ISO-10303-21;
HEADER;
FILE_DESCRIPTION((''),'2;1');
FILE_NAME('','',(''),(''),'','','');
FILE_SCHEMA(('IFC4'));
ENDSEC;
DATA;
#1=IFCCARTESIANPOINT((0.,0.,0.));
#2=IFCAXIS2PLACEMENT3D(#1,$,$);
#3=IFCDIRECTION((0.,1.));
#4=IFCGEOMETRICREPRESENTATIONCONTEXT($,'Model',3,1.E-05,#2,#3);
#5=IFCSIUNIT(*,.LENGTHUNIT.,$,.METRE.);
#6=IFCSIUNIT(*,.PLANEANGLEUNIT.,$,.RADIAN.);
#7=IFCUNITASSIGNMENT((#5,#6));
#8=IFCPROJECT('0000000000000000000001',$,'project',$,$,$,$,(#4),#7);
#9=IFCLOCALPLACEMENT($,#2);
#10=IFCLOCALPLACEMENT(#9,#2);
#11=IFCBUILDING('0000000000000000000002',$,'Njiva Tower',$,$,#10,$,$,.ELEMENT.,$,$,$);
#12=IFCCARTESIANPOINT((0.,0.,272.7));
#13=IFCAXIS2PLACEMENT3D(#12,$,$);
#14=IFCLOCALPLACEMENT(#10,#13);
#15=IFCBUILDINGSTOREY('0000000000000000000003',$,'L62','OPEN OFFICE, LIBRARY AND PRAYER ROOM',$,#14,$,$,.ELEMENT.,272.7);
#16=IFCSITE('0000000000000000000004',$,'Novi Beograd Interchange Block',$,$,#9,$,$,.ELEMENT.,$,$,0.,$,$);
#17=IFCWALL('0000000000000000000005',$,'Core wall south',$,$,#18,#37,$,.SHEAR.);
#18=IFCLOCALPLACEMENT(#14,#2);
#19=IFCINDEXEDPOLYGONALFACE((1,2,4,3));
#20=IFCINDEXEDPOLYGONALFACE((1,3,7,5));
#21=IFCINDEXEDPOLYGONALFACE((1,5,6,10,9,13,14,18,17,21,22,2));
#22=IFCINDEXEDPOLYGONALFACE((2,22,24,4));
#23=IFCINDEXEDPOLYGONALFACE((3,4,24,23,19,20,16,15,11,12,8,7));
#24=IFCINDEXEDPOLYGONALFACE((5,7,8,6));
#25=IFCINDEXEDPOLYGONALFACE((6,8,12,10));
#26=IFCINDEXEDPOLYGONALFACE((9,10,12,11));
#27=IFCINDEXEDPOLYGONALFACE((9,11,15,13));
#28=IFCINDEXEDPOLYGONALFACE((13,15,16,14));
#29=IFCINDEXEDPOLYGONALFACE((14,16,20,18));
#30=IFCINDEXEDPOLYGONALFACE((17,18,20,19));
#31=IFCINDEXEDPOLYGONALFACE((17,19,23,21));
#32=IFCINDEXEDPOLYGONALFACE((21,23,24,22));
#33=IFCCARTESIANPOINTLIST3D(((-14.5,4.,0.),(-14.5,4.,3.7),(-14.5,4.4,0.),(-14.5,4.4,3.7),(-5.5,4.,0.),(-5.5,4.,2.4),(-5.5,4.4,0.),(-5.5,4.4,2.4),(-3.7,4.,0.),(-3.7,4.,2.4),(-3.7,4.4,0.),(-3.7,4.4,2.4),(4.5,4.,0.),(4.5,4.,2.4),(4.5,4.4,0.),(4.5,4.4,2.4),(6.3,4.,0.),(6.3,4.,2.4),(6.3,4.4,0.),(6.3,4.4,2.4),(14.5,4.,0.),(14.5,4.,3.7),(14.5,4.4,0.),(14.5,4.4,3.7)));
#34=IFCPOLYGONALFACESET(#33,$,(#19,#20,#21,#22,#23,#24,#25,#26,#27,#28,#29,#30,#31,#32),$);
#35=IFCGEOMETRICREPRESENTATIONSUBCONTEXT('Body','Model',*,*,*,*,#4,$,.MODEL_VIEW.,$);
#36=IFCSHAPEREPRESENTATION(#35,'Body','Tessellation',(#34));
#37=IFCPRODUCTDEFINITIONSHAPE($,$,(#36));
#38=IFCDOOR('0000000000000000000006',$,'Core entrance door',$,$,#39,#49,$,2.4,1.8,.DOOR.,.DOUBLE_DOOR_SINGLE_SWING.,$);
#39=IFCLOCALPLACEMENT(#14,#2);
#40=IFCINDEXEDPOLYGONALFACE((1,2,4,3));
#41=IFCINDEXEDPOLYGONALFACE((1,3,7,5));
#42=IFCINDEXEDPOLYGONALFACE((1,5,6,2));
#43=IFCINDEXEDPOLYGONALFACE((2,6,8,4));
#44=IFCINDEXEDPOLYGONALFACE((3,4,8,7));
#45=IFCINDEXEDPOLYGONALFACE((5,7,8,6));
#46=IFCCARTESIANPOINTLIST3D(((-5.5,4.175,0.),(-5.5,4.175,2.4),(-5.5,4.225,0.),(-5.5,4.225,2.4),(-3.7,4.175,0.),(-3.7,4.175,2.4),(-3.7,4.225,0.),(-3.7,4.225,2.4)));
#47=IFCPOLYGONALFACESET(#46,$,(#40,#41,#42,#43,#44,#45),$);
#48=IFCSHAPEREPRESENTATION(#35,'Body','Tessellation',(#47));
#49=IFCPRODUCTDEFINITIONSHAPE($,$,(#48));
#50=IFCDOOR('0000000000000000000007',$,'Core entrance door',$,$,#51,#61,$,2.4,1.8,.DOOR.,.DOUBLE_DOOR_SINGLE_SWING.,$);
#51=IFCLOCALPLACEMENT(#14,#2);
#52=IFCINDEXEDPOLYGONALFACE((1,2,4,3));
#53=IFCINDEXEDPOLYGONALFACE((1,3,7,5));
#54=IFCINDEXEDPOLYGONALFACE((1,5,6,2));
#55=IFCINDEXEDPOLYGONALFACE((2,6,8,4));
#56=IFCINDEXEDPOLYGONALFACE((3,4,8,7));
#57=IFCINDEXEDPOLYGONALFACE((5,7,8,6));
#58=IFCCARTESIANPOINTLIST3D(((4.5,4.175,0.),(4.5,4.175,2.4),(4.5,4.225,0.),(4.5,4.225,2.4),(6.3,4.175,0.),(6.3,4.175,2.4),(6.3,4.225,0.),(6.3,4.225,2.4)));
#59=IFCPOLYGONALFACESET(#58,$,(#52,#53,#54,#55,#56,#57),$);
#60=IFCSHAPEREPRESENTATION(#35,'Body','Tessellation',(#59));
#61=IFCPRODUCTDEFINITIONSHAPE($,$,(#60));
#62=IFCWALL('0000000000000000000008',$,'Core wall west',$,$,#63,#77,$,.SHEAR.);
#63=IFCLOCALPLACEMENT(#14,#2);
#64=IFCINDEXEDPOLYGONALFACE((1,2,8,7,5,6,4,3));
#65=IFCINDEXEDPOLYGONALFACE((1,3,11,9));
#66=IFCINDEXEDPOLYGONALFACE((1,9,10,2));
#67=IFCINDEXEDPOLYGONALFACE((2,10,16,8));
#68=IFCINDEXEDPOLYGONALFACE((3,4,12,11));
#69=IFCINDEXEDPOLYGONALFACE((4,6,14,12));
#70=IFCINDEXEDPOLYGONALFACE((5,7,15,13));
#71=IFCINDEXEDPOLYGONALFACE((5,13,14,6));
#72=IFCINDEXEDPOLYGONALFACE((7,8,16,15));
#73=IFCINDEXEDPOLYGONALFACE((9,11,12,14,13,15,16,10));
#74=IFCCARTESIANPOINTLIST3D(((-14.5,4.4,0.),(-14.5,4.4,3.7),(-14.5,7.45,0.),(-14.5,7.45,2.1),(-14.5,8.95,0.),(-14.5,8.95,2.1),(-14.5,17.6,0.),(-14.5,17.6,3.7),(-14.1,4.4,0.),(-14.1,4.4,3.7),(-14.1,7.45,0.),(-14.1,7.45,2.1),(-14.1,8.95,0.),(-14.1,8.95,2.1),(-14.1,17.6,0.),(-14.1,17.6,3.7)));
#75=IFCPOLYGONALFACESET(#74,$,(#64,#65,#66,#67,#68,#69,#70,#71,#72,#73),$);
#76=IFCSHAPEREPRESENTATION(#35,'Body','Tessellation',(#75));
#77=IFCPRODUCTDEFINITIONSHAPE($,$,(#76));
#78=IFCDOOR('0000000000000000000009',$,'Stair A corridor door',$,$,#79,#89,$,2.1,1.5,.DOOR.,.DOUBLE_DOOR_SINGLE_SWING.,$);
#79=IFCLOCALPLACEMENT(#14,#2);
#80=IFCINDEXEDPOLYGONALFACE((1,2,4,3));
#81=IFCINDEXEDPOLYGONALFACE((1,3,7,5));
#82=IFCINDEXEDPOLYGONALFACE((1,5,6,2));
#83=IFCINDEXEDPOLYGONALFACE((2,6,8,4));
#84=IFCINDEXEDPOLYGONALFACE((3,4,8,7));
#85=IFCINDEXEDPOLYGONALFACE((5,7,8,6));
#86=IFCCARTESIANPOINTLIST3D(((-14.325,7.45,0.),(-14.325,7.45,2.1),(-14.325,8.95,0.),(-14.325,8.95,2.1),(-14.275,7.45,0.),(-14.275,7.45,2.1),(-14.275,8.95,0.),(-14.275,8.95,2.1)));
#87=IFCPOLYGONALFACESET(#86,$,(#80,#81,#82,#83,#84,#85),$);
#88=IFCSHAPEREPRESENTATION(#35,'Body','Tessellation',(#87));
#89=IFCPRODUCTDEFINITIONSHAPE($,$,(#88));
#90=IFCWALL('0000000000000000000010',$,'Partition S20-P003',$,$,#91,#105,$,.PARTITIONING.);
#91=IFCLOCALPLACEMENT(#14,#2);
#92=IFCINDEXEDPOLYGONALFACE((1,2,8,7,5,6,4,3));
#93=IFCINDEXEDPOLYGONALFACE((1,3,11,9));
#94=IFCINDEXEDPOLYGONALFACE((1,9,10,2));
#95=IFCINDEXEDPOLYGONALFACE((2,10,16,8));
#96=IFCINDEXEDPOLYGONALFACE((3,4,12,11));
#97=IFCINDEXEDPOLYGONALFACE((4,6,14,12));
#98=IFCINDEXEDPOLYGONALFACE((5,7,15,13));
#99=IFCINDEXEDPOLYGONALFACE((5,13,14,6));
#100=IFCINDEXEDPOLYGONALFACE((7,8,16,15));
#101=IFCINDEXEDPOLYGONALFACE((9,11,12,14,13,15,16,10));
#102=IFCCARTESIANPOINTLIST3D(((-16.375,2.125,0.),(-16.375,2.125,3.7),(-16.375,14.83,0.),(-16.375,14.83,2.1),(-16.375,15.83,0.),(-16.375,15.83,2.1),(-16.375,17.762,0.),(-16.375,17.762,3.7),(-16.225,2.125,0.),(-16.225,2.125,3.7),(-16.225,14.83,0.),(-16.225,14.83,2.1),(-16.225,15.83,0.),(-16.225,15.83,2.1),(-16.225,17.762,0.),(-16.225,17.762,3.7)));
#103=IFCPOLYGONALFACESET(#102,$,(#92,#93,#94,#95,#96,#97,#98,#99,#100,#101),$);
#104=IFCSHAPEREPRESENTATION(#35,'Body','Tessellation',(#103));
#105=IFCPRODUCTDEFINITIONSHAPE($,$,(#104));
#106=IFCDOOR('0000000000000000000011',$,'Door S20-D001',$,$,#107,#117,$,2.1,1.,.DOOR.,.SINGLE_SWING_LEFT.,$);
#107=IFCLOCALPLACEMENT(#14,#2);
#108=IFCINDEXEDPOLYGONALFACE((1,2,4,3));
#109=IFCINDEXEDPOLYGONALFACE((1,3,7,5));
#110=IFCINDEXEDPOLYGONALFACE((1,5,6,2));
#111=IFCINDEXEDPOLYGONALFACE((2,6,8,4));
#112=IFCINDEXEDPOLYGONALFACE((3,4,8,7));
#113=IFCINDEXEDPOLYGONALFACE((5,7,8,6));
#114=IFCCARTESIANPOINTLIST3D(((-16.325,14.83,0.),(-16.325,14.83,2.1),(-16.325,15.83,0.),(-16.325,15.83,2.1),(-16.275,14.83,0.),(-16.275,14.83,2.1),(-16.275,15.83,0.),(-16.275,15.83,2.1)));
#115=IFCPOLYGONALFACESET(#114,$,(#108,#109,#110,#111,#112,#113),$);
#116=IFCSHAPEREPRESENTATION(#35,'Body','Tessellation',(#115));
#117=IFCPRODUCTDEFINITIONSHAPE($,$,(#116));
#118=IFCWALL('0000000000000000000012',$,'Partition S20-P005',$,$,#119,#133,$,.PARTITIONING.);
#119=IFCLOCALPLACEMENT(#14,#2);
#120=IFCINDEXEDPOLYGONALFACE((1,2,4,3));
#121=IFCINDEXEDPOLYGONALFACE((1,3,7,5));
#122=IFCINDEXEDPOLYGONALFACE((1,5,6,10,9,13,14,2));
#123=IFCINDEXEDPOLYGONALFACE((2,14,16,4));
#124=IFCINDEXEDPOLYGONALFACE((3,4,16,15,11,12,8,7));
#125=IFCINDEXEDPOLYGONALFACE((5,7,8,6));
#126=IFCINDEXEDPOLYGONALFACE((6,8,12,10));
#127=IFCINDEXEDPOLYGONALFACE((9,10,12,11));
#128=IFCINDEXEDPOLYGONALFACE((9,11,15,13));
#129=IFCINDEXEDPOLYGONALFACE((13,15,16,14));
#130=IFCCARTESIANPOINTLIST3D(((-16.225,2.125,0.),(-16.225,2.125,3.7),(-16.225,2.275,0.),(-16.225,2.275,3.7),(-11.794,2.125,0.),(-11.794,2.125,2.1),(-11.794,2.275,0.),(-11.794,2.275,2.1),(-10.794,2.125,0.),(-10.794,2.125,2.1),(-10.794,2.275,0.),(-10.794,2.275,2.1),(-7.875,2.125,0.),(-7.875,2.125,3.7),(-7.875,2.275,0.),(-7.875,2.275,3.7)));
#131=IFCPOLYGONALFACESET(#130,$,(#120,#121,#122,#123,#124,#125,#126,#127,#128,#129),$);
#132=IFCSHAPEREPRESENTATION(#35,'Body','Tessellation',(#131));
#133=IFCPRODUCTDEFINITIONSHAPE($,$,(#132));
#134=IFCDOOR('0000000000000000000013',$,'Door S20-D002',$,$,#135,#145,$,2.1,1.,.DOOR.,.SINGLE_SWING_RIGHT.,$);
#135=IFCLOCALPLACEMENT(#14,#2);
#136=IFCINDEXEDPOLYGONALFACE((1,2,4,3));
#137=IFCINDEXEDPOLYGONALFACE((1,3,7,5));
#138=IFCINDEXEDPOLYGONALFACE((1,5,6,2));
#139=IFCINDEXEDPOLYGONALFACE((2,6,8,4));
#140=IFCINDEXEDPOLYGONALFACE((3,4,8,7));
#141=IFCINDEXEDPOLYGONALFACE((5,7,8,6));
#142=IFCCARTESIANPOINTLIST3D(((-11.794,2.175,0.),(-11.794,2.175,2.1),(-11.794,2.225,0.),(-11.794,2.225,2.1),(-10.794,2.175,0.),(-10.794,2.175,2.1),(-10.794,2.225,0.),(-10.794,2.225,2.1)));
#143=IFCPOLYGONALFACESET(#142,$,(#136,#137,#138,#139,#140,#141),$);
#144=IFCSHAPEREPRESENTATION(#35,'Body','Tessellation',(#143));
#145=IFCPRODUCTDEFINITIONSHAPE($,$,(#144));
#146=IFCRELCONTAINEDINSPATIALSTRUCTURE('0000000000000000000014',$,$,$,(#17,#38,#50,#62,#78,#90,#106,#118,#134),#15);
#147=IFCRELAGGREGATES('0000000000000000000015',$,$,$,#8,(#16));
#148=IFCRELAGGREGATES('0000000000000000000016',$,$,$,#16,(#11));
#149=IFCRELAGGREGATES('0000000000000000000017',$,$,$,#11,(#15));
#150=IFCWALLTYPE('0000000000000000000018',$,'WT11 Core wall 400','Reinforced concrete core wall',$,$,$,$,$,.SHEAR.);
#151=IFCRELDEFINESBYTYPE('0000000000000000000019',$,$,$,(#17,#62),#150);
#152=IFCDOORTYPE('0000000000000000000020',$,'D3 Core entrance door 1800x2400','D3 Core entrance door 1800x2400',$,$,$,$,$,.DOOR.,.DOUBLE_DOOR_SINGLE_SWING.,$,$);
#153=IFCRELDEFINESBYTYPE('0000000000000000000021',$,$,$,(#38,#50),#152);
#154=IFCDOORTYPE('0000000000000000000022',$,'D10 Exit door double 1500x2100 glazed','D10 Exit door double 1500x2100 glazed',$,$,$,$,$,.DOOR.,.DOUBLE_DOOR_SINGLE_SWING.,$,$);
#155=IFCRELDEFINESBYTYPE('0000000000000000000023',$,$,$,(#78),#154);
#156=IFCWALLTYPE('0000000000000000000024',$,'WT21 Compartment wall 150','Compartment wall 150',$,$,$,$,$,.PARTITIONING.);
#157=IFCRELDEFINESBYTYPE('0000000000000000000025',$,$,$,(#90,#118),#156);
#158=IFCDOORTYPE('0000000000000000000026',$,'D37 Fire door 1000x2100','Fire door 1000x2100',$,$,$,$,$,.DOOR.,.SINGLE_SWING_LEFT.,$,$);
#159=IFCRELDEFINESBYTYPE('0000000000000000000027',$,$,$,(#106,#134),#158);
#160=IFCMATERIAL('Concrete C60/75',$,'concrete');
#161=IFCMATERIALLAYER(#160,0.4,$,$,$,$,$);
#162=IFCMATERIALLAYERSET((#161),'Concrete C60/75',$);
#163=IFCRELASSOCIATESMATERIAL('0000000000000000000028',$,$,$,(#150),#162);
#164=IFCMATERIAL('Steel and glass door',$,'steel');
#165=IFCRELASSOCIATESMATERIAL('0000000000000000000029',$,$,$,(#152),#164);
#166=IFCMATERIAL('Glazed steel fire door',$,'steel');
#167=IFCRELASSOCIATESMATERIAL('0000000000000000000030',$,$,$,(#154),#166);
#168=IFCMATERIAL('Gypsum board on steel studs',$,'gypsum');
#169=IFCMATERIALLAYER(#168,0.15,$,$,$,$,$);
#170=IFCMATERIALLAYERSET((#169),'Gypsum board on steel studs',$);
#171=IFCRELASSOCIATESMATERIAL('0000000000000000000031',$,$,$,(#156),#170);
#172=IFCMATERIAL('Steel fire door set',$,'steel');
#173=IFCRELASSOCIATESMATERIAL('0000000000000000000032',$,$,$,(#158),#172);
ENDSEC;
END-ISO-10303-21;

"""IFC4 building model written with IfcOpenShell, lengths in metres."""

from ifc_helpers import new_model, si_unit, direction, frame, frame_2d, origin, place, context, subcontext, project, spatial, rectangle, extrude, material, layer, layer_set, type_object, element, fill, save


model = new_model("IFC4")

# Units and contexts
model_context = context("Model", 3, precision=1e-05, world=origin(), true_north=direction((0.0, 1.0)))
body_context = subcontext(model_context, "Body", "Model", "MODEL_VIEW")
ifc_project = project(units=[si_unit("LENGTHUNIT", "METRE"), si_unit("PLANEANGLEUNIT", "RADIAN")], contexts=[model_context])

# Site, building, storey
site_placement = place(None, origin())
site = spatial("IfcSite", under=ifc_project, at=site_placement, Name="Novi Beograd Interchange Block", CompositionType="ELEMENT", RefElevation=0.0)
building_placement = place(site_placement, origin())
building = spatial("IfcBuilding", under=site, at=building_placement, Name="Njiva Tower", CompositionType="ELEMENT")
storey_placement = place(building_placement, frame((0.0, 0.0, 272.7)))
storey = spatial("IfcBuildingStorey", under=building, at=storey_placement, Name="L62", Description="OPEN OFFICE, LIBRARY AND PRAYER ROOM", CompositionType="ELEMENT", Elevation=272.7)

# Wall, openings, doors
ifc_material_1 = material(Name="Concrete C60/75", Category="concrete")
ifc_layer_1 = layer(ifc_material_1, 0.4)
ifc_layer_set_1 = layer_set([ifc_layer_1], Name="Concrete C60/75")
wall_type_1 = type_object("IfcWallType", Name="WT11 Core wall 400", Description="Reinforced concrete core wall", PredefinedType="SHEAR", material=ifc_layer_set_1)
wall_1_placement = place(storey_placement, frame((-14.5, 4.2, 0.0), z_axis=(0.0, 0.0, 1.0), x_axis=(1.0, 0.0, 0.0)))
wall_1 = element("IfcWall", 1, at=wall_1_placement, inside=storey, type_object=wall_type_1, Name="Core wall south", PredefinedType="SHEAR", context=body_context, shape_type="SweptSolid", body=[
    extrude(rectangle(XDim=29.0, YDim=0.4, at=frame_2d((14.5, 0.0))), origin(), (0.0, 0.0, 1.0), 3.7),
])
opening_1_placement = place(wall_1_placement, frame((9.0, 0.0, 0.0)))
opening_1 = element("IfcOpeningElement", 2, at=opening_1_placement, cuts=wall_1, PredefinedType="OPENING", context=body_context, shape_type="SweptSolid", body=[
    extrude(rectangle(XDim=1.8, YDim=2.4, at=frame_2d((0.9, 1.2))), frame((0.0, 0.21, 0.0), z_axis=(0.0, -1.0, 0.0), x_axis=(1.0, 0.0, 0.0)), (0.0, 0.0, 1.0), 0.42),
])
opening_2_placement = place(wall_1_placement, frame((19.0, 0.0, 0.0)))
opening_2 = element("IfcOpeningElement", 3, at=opening_2_placement, cuts=wall_1, PredefinedType="OPENING", context=body_context, shape_type="SweptSolid", body=[
    extrude(rectangle(XDim=1.8, YDim=2.4, at=frame_2d((0.9, 1.2))), frame((0.0, 0.21, 0.0), z_axis=(0.0, -1.0, 0.0), x_axis=(1.0, 0.0, 0.0)), (0.0, 0.0, 1.0), 0.42),
])
ifc_material_2 = material(Name="Steel and glass door", Category="steel")
door_type_1 = type_object("IfcDoorType", Name="D3 Core entrance door 1800x2400", Description="D3 Core entrance door 1800x2400", OperationType="DOUBLE_DOOR_SINGLE_SWING", PredefinedType="DOOR", material=ifc_material_2)
door_1_placement = place(opening_1_placement, origin())
door_1 = element("IfcDoor", 4, at=door_1_placement, inside=storey, type_object=door_type_1, Name="Core entrance door", OperationType="DOUBLE_DOOR_SINGLE_SWING", OverallHeight=2.4, OverallWidth=1.8, PredefinedType="DOOR", context=body_context, shape_type="SweptSolid", body=[
    extrude(rectangle(XDim=1.8, YDim=2.4, at=frame_2d((0.9, 1.2))), frame((0.0, 0.025, 0.0), z_axis=(0.0, -1.0, 0.0), x_axis=(1.0, 0.0, 0.0)), (0.0, 0.0, 1.0), 0.05),
])
fill(opening_1, door_1)
door_2_placement = place(opening_2_placement, origin())
door_2 = element("IfcDoor", 5, at=door_2_placement, inside=storey, type_object=door_type_1, Name="Core entrance door", OperationType="DOUBLE_DOOR_SINGLE_SWING", OverallHeight=2.4, OverallWidth=1.8, PredefinedType="DOOR", context=body_context, shape_type="SweptSolid", body=[
    extrude(rectangle(XDim=1.8, YDim=2.4, at=frame_2d((0.9, 1.2))), frame((0.0, 0.025, 0.0), z_axis=(0.0, -1.0, 0.0), x_axis=(1.0, 0.0, 0.0)), (0.0, 0.0, 1.0), 0.05),
])
fill(opening_2, door_2)

# Walls, openings, doors
wall_2_placement = place(storey_placement, frame((-14.3, 4.4, 0.0), z_axis=(0.0, 0.0, 1.0), x_axis=(0.0, 1.0, 0.0)))
wall_2 = element("IfcWall", 6, at=wall_2_placement, inside=storey, type_object=wall_type_1, Name="Core wall west", PredefinedType="SHEAR", context=body_context, shape_type="SweptSolid", body=[
    extrude(rectangle(XDim=13.2, YDim=0.4, at=frame_2d((6.6, 0.0))), origin(), (0.0, 0.0, 1.0), 3.7),
])
opening_3_placement = place(wall_2_placement, frame((3.05, 0.0, 0.0)))
opening_3 = element("IfcOpeningElement", 7, at=opening_3_placement, cuts=wall_2, PredefinedType="OPENING", context=body_context, shape_type="SweptSolid", body=[
    extrude(rectangle(XDim=1.5, YDim=2.1, at=frame_2d((0.75, 1.05))), frame((0.0, 0.21, 0.0), z_axis=(0.0, -1.0, 0.0), x_axis=(1.0, 0.0, 0.0)), (0.0, 0.0, 1.0), 0.42),
])
ifc_material_3 = material(Name="Glazed steel fire door", Category="steel")
door_type_2 = type_object("IfcDoorType", Name="D10 Exit door double 1500x2100 glazed", Description="D10 Exit door double 1500x2100 glazed", OperationType="DOUBLE_DOOR_SINGLE_SWING", PredefinedType="DOOR", material=ifc_material_3)
door_3_placement = place(opening_3_placement, origin())
door_3 = element("IfcDoor", 8, at=door_3_placement, inside=storey, type_object=door_type_2, Name="Stair A corridor door", OperationType="DOUBLE_DOOR_SINGLE_SWING", OverallHeight=2.1, OverallWidth=1.5, PredefinedType="DOOR", context=body_context, shape_type="SweptSolid", body=[
    extrude(rectangle(XDim=1.5, YDim=2.1, at=frame_2d((0.75, 1.05))), frame((0.0, 0.025, 0.0), z_axis=(0.0, -1.0, 0.0), x_axis=(1.0, 0.0, 0.0)), (0.0, 0.0, 1.0), 0.05),
])
fill(opening_3, door_3)
ifc_material_4 = material(Name="Gypsum board on steel studs", Category="gypsum")
ifc_layer_2 = layer(ifc_material_4, 0.15)
ifc_layer_set_2 = layer_set([ifc_layer_2], Name="Gypsum board on steel studs")
wall_type_2 = type_object("IfcWallType", Name="WT21 Compartment wall 150", Description="Compartment wall 150", PredefinedType="PARTITIONING", material=ifc_layer_set_2)
wall_3_placement = place(storey_placement, frame((-16.3, 2.125, 0.0), z_axis=(0.0, 0.0, 1.0), x_axis=(0.0, 1.0, 0.0)))
wall_3 = element("IfcWall", 9, at=wall_3_placement, inside=storey, type_object=wall_type_2, Name="Partition S20-P003", PredefinedType="PARTITIONING", context=body_context, shape_type="SweptSolid", body=[
    extrude(rectangle(XDim=15.637, YDim=0.15, at=frame_2d((7.8185, 0.0))), origin(), (0.0, 0.0, 1.0), 3.7),
])
opening_4_placement = place(wall_3_placement, frame((12.705, 0.0, 0.0)))
opening_4 = element("IfcOpeningElement", 10, at=opening_4_placement, cuts=wall_3, PredefinedType="OPENING", context=body_context, shape_type="SweptSolid", body=[
    extrude(rectangle(XDim=1.0, YDim=2.1, at=frame_2d((0.5, 1.05))), frame((0.0, 0.085, 0.0), z_axis=(0.0, -1.0, 0.0), x_axis=(1.0, 0.0, 0.0)), (0.0, 0.0, 1.0), 0.17),
])
ifc_material_5 = material(Name="Steel fire door set", Category="steel")
door_type_3 = type_object("IfcDoorType", Name="D37 Fire door 1000x2100", Description="Fire door 1000x2100", OperationType="SINGLE_SWING_LEFT", PredefinedType="DOOR", material=ifc_material_5)
door_4_placement = place(opening_4_placement, origin())
door_4 = element("IfcDoor", 11, at=door_4_placement, inside=storey, type_object=door_type_3, Name="Door S20-D001", OperationType="SINGLE_SWING_LEFT", OverallHeight=2.1, OverallWidth=1.0, PredefinedType="DOOR", context=body_context, shape_type="SweptSolid", body=[
    extrude(rectangle(XDim=1.0, YDim=2.1, at=frame_2d((0.5, 1.05))), frame((0.0, 0.025, 0.0), z_axis=(0.0, -1.0, 0.0), x_axis=(1.0, 0.0, 0.0)), (0.0, 0.0, 1.0), 0.05),
])
fill(opening_4, door_4)
wall_4_placement = place(storey_placement, frame((-16.225, 2.2, 0.0), z_axis=(0.0, 0.0, 1.0), x_axis=(1.0, 0.0, 0.0)))
wall_4 = element("IfcWall", 12, at=wall_4_placement, inside=storey, type_object=wall_type_2, Name="Partition S20-P005", PredefinedType="PARTITIONING", context=body_context, shape_type="SweptSolid", body=[
    extrude(rectangle(XDim=8.35, YDim=0.15, at=frame_2d((4.175, 0.0))), origin(), (0.0, 0.0, 1.0), 3.7),
])
opening_5_placement = place(wall_4_placement, frame((4.431, 0.0, 0.0)))
opening_5 = element("IfcOpeningElement", 13, at=opening_5_placement, cuts=wall_4, PredefinedType="OPENING", context=body_context, shape_type="SweptSolid", body=[
    extrude(rectangle(XDim=1.0, YDim=2.1, at=frame_2d((0.5, 1.05))), frame((0.0, 0.085, 0.0), z_axis=(0.0, -1.0, 0.0), x_axis=(1.0, 0.0, 0.0)), (0.0, 0.0, 1.0), 0.17),
])
door_5_placement = place(opening_5_placement, origin())
door_5 = element("IfcDoor", 14, at=door_5_placement, inside=storey, type_object=door_type_3, Name="Door S20-D002", OperationType="SINGLE_SWING_RIGHT", OverallHeight=2.1, OverallWidth=1.0, PredefinedType="DOOR", context=body_context, shape_type="SweptSolid", body=[
    extrude(rectangle(XDim=1.0, YDim=2.1, at=frame_2d((0.5, 1.05))), frame((0.0, 0.025, 0.0), z_axis=(0.0, -1.0, 0.0), x_axis=(1.0, 0.0, 0.0)), (0.0, 0.0, 1.0), 0.05),
])
fill(opening_5, door_5)

save(model, "model.ifc")
